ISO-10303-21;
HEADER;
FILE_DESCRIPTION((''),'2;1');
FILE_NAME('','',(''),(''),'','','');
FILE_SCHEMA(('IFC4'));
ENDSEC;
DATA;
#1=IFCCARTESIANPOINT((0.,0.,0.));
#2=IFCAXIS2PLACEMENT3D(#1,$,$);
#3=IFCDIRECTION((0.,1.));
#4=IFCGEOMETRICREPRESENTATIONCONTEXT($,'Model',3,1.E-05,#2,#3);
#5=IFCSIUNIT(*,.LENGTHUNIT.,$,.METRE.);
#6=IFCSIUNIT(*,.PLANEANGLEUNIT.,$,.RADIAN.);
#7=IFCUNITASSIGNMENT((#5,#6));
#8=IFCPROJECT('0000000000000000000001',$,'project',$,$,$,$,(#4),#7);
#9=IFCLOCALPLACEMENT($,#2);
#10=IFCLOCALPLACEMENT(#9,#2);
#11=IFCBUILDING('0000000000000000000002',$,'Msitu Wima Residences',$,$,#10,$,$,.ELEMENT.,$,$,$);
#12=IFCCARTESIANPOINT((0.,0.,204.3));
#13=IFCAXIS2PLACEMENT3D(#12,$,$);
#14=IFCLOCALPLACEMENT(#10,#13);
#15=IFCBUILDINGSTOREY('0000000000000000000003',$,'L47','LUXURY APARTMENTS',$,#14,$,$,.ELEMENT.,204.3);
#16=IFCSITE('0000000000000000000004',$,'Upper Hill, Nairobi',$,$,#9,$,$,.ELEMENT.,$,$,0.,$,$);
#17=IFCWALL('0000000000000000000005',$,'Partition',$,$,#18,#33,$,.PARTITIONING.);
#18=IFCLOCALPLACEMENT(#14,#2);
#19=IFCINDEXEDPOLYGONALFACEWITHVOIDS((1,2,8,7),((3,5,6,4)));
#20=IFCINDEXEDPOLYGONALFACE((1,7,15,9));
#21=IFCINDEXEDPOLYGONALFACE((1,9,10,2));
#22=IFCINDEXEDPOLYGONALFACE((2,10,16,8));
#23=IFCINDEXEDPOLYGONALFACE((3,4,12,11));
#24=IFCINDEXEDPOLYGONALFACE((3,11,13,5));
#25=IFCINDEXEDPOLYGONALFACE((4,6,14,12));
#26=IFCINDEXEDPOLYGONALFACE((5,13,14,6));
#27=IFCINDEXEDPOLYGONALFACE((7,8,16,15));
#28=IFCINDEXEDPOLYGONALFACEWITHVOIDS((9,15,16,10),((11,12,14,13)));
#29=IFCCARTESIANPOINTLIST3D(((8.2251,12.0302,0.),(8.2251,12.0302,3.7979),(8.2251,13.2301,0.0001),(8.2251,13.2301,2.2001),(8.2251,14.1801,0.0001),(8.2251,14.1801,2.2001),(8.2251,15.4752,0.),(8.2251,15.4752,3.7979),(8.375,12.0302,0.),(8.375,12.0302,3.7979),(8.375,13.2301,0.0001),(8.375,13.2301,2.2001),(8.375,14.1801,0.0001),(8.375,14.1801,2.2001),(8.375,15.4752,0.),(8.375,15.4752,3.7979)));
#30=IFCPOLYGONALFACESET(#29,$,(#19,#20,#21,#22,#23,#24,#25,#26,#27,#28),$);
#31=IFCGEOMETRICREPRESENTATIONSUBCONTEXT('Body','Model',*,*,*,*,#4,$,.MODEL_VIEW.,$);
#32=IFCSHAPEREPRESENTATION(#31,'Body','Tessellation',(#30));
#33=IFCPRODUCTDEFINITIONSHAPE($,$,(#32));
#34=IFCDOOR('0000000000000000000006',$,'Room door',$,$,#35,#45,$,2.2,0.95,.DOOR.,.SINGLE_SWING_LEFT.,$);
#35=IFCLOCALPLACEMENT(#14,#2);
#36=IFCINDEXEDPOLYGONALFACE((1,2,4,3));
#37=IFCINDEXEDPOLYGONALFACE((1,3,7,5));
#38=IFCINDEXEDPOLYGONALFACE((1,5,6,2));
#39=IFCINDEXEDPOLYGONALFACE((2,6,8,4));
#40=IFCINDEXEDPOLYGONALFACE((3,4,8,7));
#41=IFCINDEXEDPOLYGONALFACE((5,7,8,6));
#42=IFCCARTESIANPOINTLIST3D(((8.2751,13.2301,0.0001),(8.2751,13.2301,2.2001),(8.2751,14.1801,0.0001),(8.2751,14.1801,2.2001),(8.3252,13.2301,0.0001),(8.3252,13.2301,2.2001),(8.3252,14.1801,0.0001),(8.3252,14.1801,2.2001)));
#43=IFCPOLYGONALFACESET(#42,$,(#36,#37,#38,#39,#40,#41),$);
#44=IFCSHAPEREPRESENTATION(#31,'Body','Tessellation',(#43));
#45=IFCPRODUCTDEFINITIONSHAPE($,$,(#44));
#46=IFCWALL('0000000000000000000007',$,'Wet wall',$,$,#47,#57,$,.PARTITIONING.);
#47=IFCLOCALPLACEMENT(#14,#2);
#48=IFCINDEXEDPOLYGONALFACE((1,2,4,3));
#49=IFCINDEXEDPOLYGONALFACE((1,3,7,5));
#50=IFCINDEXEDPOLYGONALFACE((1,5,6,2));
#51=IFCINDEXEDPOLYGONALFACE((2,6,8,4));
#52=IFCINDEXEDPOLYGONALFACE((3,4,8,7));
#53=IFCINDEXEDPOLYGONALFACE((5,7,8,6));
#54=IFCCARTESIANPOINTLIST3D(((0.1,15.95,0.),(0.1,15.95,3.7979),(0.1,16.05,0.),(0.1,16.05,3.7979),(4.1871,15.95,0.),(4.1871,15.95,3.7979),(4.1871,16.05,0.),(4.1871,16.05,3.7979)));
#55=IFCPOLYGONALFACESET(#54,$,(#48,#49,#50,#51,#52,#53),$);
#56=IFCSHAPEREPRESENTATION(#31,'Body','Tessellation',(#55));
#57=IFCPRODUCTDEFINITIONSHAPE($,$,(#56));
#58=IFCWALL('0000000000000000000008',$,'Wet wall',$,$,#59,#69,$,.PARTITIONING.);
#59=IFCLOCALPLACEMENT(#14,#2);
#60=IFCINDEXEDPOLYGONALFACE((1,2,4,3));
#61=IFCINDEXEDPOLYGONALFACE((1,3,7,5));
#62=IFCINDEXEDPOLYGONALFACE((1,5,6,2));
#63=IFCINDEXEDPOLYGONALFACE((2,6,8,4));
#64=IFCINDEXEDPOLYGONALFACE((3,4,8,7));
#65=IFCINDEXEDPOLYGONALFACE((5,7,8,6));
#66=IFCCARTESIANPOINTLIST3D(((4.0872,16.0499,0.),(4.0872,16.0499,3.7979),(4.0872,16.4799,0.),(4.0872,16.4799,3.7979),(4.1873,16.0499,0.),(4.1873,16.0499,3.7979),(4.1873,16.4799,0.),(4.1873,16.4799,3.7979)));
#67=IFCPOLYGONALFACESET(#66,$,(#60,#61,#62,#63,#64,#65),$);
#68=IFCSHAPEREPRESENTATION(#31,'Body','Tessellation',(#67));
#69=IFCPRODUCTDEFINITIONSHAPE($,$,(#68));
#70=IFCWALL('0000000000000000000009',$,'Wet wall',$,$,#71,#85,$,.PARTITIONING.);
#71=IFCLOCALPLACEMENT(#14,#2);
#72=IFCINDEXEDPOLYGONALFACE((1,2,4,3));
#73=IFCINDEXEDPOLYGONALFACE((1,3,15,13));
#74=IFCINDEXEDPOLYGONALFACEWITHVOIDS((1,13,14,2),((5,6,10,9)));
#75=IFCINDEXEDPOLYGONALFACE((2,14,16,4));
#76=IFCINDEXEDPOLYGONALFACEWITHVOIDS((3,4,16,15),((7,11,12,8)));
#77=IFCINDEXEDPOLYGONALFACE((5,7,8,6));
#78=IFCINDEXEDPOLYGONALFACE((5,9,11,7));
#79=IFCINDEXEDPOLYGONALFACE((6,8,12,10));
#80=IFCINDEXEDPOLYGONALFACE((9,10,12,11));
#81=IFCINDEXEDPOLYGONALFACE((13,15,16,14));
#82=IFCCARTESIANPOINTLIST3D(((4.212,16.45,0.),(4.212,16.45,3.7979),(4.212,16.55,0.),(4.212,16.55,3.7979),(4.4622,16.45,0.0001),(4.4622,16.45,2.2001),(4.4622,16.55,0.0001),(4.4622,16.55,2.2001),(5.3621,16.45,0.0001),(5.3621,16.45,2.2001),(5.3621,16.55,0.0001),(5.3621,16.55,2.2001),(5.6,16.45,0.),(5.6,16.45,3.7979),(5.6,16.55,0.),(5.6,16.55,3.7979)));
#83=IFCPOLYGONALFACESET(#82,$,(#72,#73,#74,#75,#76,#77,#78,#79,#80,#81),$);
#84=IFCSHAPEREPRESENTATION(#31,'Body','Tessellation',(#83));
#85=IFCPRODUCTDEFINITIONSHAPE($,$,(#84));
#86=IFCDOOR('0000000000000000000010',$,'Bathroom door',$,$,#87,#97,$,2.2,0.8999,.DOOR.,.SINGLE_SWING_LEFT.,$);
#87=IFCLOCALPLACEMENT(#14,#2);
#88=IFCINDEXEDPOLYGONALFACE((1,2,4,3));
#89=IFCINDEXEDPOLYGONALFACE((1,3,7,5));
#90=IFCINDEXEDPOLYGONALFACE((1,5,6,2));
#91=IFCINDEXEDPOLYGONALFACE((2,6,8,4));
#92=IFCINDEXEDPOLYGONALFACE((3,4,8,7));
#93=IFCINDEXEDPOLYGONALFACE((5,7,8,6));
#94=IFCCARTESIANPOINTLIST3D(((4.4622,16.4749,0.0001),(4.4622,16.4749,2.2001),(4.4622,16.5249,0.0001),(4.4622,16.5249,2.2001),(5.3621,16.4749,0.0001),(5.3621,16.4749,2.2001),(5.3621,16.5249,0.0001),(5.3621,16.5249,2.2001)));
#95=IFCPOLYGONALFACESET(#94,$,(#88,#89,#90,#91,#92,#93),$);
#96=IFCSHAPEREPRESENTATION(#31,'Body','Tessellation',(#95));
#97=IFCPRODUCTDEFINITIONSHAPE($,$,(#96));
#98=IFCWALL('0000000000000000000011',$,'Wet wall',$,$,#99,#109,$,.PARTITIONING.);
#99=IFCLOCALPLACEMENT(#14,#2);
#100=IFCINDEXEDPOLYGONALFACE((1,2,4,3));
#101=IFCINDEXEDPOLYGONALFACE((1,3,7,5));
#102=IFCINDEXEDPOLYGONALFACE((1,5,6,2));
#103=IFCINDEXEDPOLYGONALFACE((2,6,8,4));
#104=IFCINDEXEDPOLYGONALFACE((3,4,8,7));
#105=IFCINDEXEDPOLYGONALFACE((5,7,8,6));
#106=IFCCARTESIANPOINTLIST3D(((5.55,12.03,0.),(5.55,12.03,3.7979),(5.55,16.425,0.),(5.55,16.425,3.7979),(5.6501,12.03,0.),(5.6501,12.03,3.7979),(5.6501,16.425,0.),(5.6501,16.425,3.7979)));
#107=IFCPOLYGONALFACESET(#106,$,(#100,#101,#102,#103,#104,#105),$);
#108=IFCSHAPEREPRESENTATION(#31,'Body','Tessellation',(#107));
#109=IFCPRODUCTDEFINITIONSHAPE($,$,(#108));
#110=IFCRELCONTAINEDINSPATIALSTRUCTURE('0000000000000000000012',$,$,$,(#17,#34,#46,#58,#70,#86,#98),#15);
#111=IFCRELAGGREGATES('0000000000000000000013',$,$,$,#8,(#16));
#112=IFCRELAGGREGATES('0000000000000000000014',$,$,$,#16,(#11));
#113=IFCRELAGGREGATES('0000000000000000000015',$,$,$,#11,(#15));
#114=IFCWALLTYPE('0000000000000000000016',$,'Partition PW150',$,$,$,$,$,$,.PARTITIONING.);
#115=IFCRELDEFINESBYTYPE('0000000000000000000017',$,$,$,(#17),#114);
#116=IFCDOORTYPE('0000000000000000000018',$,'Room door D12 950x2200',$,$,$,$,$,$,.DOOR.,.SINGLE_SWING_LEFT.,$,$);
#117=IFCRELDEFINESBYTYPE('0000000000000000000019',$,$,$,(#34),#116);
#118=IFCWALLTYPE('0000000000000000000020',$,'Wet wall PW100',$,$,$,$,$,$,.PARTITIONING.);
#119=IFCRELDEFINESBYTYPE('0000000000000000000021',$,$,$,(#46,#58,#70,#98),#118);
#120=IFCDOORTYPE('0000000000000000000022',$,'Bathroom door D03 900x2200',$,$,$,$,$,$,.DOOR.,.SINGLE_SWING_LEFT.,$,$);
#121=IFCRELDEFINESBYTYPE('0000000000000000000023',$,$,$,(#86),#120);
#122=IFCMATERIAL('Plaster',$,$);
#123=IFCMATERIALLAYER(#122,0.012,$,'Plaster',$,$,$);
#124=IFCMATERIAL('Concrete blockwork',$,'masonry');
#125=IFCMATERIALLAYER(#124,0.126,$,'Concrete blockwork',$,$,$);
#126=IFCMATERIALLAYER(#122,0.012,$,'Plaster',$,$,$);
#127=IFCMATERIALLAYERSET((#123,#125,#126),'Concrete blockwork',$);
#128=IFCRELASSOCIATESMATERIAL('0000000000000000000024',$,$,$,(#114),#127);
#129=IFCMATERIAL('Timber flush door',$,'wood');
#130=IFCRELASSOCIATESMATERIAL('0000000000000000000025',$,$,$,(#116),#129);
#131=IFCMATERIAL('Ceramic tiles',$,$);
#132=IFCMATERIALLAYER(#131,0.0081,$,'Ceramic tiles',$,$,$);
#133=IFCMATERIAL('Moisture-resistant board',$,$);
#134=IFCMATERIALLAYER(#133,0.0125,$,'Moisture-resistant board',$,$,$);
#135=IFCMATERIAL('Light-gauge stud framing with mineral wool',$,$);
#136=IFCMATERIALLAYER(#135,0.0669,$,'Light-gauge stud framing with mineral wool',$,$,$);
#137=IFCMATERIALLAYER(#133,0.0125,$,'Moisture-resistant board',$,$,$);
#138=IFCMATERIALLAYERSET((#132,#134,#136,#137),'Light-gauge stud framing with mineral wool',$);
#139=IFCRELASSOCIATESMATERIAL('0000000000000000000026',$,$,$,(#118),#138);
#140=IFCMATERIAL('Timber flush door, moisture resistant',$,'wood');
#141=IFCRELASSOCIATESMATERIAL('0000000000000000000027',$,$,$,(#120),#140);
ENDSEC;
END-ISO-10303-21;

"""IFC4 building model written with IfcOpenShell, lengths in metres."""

from ifc_helpers import new_model, si_unit, direction, frame, frame_2d, origin, place, context, subcontext, project, spatial, rectangle, extrude, material, layer, layer_set, type_object, element, fill, save


model = new_model("IFC4")

# Units and contexts
model_context = context("Model", 3, precision=1e-05, world=origin(), true_north=direction((0.0, 1.0)))
body_context = subcontext(model_context, "Body", "Model", "MODEL_VIEW")
ifc_project = project(units=[si_unit("LENGTHUNIT", "METRE"), si_unit("PLANEANGLEUNIT", "RADIAN")], contexts=[model_context])

# Site, building, storey
site_placement = place(None, origin())
site = spatial("IfcSite", under=ifc_project, at=site_placement, Name="Upper Hill, Nairobi", CompositionType="ELEMENT", RefElevation=0.0)
building_placement = place(site_placement, origin())
building = spatial("IfcBuilding", under=site, at=building_placement, Name="Msitu Wima Residences", CompositionType="ELEMENT")
storey_placement = place(building_placement, frame((0.0, 0.0, 204.3)))
storey = spatial("IfcBuildingStorey", under=building, at=storey_placement, Name="L47", Description="LUXURY APARTMENTS", CompositionType="ELEMENT", Elevation=204.3)

# Shared definitions
ifc_material_1 = material(Name="Plaster")
ifc_layer_1 = layer(ifc_material_1, 0.012, Name="Plaster")
ifc_material_2 = material(Name="Concrete blockwork", Category="masonry")
ifc_layer_2 = layer(ifc_material_2, 0.126, Name="Concrete blockwork")
ifc_layer_3 = layer(ifc_material_1, 0.012, Name="Plaster")
ifc_layer_set_1 = layer_set([ifc_layer_1, ifc_layer_2, ifc_layer_3], Name="Concrete blockwork")
wall_type_1 = type_object("IfcWallType", Name="Partition PW150", PredefinedType="PARTITIONING", material=ifc_layer_set_1)
ifc_material_3 = material(Name="Timber flush door", Category="wood")
door_type_1 = type_object("IfcDoorType", Name="Room door D12 950x2200", OperationType="SINGLE_SWING_LEFT", PredefinedType="DOOR", material=ifc_material_3)

# Wall, opening, door
wall_1_placement = place(storey_placement, frame((8.3, 12.03, 0.0), z_axis=(0.0, 0.0, 1.0), x_axis=(0.0, 1.0, 0.0)))
wall_1 = element("IfcWall", 1, at=wall_1_placement, inside=storey, type_object=wall_type_1, Name="Partition", PredefinedType="PARTITIONING", context=body_context, shape_type="SweptSolid", body=[
    extrude(rectangle(XDim=3.4451, YDim=0.1499, at=frame_2d((1.7227, 0.0))), origin(), (0.0, 0.0, 1.0), 3.7979),
])
opening_1_placement = place(wall_1_placement, frame((1.2, 0.0, 0.0)))
opening_1 = element("IfcOpeningElement", 2, at=opening_1_placement, cuts=wall_1, PredefinedType="OPENING", context=body_context, shape_type="SweptSolid", body=[
    extrude(rectangle(XDim=0.95, YDim=2.2, at=frame_2d((0.4751, 1.1001))), frame((0.0, 0.085, 0.0), z_axis=(0.0, -1.0, 0.0), x_axis=(1.0, 0.0, 0.0)), (0.0, 0.0, 1.0), 0.1699),
])
door_1_placement = place(opening_1_placement, origin())
door_1 = element("IfcDoor", 3, at=door_1_placement, inside=storey, type_object=door_type_1, Name="Room door", OperationType="SINGLE_SWING_LEFT", OverallHeight=2.2, OverallWidth=0.95, PredefinedType="DOOR", context=body_context, shape_type="SweptSolid", body=[
    extrude(rectangle(XDim=0.95, YDim=2.2, at=frame_2d((0.4751, 1.1001))), frame((0.0, 0.0249, 0.0), z_axis=(0.0, -1.0, 0.0), x_axis=(1.0, 0.0, 0.0)), (0.0, 0.0, 1.0), 0.05),
])
fill(opening_1, door_1)

# Walls
ifc_material_4 = material(Name="Ceramic tiles")
ifc_layer_4 = layer(ifc_material_4, 0.0081, Name="Ceramic tiles")
ifc_material_5 = material(Name="Moisture-resistant board")
ifc_layer_5 = layer(ifc_material_5, 0.0125, Name="Moisture-resistant board")
ifc_material_6 = material(Name="Light-gauge stud framing with mineral wool")
ifc_layer_6 = layer(ifc_material_6, 0.0669, Name="Light-gauge stud framing with mineral wool")
ifc_layer_7 = layer(ifc_material_5, 0.0125, Name="Moisture-resistant board")
ifc_layer_set_2 = layer_set([ifc_layer_4, ifc_layer_5, ifc_layer_6, ifc_layer_7], Name="Light-gauge stud framing with mineral wool")
wall_type_2 = type_object("IfcWallType", Name="Wet wall PW100", PredefinedType="PARTITIONING", material=ifc_layer_set_2)
wall_2_placement = place(storey_placement, frame((0.1001, 16.0, 0.0), z_axis=(0.0, 0.0, 1.0), x_axis=(1.0, 0.0, 0.0)))
element("IfcWall", 4, at=wall_2_placement, inside=storey, type_object=wall_type_2, Name="Wet wall", PredefinedType="PARTITIONING", context=body_context, shape_type="SweptSolid", body=[
    extrude(rectangle(XDim=4.0872, YDim=0.1001, at=frame_2d((2.0435, 0.0))), origin(), (0.0, 0.0, 1.0), 3.7979),
])
wall_3_placement = place(storey_placement, frame((4.1372, 16.05, 0.0), z_axis=(0.0, 0.0, 1.0), x_axis=(0.0, 1.0, 0.0)))
element("IfcWall", 5, at=wall_3_placement, inside=storey, type_object=wall_type_2, Name="Wet wall", PredefinedType="PARTITIONING", context=body_context, shape_type="SweptSolid", body=[
    extrude(rectangle(XDim=0.4299, YDim=0.1001, at=frame_2d((0.2148, 0.0))), origin(), (0.0, 0.0, 1.0), 3.7979),
])

# Wall, opening, door
wall_4_placement = place(storey_placement, frame((4.2122, 16.5, 0.0), z_axis=(0.0, 0.0, 1.0), x_axis=(1.0, 0.0, 0.0)))
wall_4 = element("IfcWall", 6, at=wall_4_placement, inside=storey, type_object=wall_type_2, Name="Wet wall", PredefinedType="PARTITIONING", context=body_context, shape_type="SweptSolid", body=[
    extrude(rectangle(XDim=1.3879, YDim=0.1001, at=frame_2d((0.6938, 0.0))), origin(), (0.0, 0.0, 1.0), 3.7979),
])
opening_2_placement = place(wall_4_placement, frame((0.25, 0.0, 0.0)))
opening_2 = element("IfcOpeningElement", 7, at=opening_2_placement, cuts=wall_4, PredefinedType="OPENING", context=body_context, shape_type="SweptSolid", body=[
    extrude(rectangle(XDim=0.8999, YDim=2.2, at=frame_2d((0.45, 1.1001))), frame((0.0, 0.0601, 0.0), z_axis=(0.0, -1.0, 0.0), x_axis=(1.0, 0.0, 0.0)), (0.0, 0.0, 1.0), 0.1201),
])
ifc_material_7 = material(Name="Timber flush door, moisture resistant", Category="wood")
door_type_2 = type_object("IfcDoorType", Name="Bathroom door D03 900x2200", OperationType="SINGLE_SWING_LEFT", PredefinedType="DOOR", material=ifc_material_7)
door_2_placement = place(opening_2_placement, origin())
door_2 = element("IfcDoor", 8, at=door_2_placement, inside=storey, type_object=door_type_2, Name="Bathroom door", OperationType="SINGLE_SWING_LEFT", OverallHeight=2.2, OverallWidth=0.8999, PredefinedType="DOOR", context=body_context, shape_type="SweptSolid", body=[
    extrude(rectangle(XDim=0.8999, YDim=2.2, at=frame_2d((0.45, 1.1001))), frame((0.0, 0.0249, 0.0), z_axis=(0.0, -1.0, 0.0), x_axis=(1.0, 0.0, 0.0)), (0.0, 0.0, 1.0), 0.05),
])
fill(opening_2, door_2)

# Wall
wall_5_placement = place(storey_placement, frame((5.6001, 12.03, 0.0), z_axis=(0.0, 0.0, 1.0), x_axis=(0.0, 1.0, 0.0)))
element("IfcWall", 9, at=wall_5_placement, inside=storey, type_object=wall_type_2, Name="Wet wall", PredefinedType="PARTITIONING", context=body_context, shape_type="SweptSolid", body=[
    extrude(rectangle(XDim=4.395, YDim=0.1001, at=frame_2d((2.1975, 0.0))), origin(), (0.0, 0.0, 1.0), 3.7979),
])

save(model, "model.ifc")
